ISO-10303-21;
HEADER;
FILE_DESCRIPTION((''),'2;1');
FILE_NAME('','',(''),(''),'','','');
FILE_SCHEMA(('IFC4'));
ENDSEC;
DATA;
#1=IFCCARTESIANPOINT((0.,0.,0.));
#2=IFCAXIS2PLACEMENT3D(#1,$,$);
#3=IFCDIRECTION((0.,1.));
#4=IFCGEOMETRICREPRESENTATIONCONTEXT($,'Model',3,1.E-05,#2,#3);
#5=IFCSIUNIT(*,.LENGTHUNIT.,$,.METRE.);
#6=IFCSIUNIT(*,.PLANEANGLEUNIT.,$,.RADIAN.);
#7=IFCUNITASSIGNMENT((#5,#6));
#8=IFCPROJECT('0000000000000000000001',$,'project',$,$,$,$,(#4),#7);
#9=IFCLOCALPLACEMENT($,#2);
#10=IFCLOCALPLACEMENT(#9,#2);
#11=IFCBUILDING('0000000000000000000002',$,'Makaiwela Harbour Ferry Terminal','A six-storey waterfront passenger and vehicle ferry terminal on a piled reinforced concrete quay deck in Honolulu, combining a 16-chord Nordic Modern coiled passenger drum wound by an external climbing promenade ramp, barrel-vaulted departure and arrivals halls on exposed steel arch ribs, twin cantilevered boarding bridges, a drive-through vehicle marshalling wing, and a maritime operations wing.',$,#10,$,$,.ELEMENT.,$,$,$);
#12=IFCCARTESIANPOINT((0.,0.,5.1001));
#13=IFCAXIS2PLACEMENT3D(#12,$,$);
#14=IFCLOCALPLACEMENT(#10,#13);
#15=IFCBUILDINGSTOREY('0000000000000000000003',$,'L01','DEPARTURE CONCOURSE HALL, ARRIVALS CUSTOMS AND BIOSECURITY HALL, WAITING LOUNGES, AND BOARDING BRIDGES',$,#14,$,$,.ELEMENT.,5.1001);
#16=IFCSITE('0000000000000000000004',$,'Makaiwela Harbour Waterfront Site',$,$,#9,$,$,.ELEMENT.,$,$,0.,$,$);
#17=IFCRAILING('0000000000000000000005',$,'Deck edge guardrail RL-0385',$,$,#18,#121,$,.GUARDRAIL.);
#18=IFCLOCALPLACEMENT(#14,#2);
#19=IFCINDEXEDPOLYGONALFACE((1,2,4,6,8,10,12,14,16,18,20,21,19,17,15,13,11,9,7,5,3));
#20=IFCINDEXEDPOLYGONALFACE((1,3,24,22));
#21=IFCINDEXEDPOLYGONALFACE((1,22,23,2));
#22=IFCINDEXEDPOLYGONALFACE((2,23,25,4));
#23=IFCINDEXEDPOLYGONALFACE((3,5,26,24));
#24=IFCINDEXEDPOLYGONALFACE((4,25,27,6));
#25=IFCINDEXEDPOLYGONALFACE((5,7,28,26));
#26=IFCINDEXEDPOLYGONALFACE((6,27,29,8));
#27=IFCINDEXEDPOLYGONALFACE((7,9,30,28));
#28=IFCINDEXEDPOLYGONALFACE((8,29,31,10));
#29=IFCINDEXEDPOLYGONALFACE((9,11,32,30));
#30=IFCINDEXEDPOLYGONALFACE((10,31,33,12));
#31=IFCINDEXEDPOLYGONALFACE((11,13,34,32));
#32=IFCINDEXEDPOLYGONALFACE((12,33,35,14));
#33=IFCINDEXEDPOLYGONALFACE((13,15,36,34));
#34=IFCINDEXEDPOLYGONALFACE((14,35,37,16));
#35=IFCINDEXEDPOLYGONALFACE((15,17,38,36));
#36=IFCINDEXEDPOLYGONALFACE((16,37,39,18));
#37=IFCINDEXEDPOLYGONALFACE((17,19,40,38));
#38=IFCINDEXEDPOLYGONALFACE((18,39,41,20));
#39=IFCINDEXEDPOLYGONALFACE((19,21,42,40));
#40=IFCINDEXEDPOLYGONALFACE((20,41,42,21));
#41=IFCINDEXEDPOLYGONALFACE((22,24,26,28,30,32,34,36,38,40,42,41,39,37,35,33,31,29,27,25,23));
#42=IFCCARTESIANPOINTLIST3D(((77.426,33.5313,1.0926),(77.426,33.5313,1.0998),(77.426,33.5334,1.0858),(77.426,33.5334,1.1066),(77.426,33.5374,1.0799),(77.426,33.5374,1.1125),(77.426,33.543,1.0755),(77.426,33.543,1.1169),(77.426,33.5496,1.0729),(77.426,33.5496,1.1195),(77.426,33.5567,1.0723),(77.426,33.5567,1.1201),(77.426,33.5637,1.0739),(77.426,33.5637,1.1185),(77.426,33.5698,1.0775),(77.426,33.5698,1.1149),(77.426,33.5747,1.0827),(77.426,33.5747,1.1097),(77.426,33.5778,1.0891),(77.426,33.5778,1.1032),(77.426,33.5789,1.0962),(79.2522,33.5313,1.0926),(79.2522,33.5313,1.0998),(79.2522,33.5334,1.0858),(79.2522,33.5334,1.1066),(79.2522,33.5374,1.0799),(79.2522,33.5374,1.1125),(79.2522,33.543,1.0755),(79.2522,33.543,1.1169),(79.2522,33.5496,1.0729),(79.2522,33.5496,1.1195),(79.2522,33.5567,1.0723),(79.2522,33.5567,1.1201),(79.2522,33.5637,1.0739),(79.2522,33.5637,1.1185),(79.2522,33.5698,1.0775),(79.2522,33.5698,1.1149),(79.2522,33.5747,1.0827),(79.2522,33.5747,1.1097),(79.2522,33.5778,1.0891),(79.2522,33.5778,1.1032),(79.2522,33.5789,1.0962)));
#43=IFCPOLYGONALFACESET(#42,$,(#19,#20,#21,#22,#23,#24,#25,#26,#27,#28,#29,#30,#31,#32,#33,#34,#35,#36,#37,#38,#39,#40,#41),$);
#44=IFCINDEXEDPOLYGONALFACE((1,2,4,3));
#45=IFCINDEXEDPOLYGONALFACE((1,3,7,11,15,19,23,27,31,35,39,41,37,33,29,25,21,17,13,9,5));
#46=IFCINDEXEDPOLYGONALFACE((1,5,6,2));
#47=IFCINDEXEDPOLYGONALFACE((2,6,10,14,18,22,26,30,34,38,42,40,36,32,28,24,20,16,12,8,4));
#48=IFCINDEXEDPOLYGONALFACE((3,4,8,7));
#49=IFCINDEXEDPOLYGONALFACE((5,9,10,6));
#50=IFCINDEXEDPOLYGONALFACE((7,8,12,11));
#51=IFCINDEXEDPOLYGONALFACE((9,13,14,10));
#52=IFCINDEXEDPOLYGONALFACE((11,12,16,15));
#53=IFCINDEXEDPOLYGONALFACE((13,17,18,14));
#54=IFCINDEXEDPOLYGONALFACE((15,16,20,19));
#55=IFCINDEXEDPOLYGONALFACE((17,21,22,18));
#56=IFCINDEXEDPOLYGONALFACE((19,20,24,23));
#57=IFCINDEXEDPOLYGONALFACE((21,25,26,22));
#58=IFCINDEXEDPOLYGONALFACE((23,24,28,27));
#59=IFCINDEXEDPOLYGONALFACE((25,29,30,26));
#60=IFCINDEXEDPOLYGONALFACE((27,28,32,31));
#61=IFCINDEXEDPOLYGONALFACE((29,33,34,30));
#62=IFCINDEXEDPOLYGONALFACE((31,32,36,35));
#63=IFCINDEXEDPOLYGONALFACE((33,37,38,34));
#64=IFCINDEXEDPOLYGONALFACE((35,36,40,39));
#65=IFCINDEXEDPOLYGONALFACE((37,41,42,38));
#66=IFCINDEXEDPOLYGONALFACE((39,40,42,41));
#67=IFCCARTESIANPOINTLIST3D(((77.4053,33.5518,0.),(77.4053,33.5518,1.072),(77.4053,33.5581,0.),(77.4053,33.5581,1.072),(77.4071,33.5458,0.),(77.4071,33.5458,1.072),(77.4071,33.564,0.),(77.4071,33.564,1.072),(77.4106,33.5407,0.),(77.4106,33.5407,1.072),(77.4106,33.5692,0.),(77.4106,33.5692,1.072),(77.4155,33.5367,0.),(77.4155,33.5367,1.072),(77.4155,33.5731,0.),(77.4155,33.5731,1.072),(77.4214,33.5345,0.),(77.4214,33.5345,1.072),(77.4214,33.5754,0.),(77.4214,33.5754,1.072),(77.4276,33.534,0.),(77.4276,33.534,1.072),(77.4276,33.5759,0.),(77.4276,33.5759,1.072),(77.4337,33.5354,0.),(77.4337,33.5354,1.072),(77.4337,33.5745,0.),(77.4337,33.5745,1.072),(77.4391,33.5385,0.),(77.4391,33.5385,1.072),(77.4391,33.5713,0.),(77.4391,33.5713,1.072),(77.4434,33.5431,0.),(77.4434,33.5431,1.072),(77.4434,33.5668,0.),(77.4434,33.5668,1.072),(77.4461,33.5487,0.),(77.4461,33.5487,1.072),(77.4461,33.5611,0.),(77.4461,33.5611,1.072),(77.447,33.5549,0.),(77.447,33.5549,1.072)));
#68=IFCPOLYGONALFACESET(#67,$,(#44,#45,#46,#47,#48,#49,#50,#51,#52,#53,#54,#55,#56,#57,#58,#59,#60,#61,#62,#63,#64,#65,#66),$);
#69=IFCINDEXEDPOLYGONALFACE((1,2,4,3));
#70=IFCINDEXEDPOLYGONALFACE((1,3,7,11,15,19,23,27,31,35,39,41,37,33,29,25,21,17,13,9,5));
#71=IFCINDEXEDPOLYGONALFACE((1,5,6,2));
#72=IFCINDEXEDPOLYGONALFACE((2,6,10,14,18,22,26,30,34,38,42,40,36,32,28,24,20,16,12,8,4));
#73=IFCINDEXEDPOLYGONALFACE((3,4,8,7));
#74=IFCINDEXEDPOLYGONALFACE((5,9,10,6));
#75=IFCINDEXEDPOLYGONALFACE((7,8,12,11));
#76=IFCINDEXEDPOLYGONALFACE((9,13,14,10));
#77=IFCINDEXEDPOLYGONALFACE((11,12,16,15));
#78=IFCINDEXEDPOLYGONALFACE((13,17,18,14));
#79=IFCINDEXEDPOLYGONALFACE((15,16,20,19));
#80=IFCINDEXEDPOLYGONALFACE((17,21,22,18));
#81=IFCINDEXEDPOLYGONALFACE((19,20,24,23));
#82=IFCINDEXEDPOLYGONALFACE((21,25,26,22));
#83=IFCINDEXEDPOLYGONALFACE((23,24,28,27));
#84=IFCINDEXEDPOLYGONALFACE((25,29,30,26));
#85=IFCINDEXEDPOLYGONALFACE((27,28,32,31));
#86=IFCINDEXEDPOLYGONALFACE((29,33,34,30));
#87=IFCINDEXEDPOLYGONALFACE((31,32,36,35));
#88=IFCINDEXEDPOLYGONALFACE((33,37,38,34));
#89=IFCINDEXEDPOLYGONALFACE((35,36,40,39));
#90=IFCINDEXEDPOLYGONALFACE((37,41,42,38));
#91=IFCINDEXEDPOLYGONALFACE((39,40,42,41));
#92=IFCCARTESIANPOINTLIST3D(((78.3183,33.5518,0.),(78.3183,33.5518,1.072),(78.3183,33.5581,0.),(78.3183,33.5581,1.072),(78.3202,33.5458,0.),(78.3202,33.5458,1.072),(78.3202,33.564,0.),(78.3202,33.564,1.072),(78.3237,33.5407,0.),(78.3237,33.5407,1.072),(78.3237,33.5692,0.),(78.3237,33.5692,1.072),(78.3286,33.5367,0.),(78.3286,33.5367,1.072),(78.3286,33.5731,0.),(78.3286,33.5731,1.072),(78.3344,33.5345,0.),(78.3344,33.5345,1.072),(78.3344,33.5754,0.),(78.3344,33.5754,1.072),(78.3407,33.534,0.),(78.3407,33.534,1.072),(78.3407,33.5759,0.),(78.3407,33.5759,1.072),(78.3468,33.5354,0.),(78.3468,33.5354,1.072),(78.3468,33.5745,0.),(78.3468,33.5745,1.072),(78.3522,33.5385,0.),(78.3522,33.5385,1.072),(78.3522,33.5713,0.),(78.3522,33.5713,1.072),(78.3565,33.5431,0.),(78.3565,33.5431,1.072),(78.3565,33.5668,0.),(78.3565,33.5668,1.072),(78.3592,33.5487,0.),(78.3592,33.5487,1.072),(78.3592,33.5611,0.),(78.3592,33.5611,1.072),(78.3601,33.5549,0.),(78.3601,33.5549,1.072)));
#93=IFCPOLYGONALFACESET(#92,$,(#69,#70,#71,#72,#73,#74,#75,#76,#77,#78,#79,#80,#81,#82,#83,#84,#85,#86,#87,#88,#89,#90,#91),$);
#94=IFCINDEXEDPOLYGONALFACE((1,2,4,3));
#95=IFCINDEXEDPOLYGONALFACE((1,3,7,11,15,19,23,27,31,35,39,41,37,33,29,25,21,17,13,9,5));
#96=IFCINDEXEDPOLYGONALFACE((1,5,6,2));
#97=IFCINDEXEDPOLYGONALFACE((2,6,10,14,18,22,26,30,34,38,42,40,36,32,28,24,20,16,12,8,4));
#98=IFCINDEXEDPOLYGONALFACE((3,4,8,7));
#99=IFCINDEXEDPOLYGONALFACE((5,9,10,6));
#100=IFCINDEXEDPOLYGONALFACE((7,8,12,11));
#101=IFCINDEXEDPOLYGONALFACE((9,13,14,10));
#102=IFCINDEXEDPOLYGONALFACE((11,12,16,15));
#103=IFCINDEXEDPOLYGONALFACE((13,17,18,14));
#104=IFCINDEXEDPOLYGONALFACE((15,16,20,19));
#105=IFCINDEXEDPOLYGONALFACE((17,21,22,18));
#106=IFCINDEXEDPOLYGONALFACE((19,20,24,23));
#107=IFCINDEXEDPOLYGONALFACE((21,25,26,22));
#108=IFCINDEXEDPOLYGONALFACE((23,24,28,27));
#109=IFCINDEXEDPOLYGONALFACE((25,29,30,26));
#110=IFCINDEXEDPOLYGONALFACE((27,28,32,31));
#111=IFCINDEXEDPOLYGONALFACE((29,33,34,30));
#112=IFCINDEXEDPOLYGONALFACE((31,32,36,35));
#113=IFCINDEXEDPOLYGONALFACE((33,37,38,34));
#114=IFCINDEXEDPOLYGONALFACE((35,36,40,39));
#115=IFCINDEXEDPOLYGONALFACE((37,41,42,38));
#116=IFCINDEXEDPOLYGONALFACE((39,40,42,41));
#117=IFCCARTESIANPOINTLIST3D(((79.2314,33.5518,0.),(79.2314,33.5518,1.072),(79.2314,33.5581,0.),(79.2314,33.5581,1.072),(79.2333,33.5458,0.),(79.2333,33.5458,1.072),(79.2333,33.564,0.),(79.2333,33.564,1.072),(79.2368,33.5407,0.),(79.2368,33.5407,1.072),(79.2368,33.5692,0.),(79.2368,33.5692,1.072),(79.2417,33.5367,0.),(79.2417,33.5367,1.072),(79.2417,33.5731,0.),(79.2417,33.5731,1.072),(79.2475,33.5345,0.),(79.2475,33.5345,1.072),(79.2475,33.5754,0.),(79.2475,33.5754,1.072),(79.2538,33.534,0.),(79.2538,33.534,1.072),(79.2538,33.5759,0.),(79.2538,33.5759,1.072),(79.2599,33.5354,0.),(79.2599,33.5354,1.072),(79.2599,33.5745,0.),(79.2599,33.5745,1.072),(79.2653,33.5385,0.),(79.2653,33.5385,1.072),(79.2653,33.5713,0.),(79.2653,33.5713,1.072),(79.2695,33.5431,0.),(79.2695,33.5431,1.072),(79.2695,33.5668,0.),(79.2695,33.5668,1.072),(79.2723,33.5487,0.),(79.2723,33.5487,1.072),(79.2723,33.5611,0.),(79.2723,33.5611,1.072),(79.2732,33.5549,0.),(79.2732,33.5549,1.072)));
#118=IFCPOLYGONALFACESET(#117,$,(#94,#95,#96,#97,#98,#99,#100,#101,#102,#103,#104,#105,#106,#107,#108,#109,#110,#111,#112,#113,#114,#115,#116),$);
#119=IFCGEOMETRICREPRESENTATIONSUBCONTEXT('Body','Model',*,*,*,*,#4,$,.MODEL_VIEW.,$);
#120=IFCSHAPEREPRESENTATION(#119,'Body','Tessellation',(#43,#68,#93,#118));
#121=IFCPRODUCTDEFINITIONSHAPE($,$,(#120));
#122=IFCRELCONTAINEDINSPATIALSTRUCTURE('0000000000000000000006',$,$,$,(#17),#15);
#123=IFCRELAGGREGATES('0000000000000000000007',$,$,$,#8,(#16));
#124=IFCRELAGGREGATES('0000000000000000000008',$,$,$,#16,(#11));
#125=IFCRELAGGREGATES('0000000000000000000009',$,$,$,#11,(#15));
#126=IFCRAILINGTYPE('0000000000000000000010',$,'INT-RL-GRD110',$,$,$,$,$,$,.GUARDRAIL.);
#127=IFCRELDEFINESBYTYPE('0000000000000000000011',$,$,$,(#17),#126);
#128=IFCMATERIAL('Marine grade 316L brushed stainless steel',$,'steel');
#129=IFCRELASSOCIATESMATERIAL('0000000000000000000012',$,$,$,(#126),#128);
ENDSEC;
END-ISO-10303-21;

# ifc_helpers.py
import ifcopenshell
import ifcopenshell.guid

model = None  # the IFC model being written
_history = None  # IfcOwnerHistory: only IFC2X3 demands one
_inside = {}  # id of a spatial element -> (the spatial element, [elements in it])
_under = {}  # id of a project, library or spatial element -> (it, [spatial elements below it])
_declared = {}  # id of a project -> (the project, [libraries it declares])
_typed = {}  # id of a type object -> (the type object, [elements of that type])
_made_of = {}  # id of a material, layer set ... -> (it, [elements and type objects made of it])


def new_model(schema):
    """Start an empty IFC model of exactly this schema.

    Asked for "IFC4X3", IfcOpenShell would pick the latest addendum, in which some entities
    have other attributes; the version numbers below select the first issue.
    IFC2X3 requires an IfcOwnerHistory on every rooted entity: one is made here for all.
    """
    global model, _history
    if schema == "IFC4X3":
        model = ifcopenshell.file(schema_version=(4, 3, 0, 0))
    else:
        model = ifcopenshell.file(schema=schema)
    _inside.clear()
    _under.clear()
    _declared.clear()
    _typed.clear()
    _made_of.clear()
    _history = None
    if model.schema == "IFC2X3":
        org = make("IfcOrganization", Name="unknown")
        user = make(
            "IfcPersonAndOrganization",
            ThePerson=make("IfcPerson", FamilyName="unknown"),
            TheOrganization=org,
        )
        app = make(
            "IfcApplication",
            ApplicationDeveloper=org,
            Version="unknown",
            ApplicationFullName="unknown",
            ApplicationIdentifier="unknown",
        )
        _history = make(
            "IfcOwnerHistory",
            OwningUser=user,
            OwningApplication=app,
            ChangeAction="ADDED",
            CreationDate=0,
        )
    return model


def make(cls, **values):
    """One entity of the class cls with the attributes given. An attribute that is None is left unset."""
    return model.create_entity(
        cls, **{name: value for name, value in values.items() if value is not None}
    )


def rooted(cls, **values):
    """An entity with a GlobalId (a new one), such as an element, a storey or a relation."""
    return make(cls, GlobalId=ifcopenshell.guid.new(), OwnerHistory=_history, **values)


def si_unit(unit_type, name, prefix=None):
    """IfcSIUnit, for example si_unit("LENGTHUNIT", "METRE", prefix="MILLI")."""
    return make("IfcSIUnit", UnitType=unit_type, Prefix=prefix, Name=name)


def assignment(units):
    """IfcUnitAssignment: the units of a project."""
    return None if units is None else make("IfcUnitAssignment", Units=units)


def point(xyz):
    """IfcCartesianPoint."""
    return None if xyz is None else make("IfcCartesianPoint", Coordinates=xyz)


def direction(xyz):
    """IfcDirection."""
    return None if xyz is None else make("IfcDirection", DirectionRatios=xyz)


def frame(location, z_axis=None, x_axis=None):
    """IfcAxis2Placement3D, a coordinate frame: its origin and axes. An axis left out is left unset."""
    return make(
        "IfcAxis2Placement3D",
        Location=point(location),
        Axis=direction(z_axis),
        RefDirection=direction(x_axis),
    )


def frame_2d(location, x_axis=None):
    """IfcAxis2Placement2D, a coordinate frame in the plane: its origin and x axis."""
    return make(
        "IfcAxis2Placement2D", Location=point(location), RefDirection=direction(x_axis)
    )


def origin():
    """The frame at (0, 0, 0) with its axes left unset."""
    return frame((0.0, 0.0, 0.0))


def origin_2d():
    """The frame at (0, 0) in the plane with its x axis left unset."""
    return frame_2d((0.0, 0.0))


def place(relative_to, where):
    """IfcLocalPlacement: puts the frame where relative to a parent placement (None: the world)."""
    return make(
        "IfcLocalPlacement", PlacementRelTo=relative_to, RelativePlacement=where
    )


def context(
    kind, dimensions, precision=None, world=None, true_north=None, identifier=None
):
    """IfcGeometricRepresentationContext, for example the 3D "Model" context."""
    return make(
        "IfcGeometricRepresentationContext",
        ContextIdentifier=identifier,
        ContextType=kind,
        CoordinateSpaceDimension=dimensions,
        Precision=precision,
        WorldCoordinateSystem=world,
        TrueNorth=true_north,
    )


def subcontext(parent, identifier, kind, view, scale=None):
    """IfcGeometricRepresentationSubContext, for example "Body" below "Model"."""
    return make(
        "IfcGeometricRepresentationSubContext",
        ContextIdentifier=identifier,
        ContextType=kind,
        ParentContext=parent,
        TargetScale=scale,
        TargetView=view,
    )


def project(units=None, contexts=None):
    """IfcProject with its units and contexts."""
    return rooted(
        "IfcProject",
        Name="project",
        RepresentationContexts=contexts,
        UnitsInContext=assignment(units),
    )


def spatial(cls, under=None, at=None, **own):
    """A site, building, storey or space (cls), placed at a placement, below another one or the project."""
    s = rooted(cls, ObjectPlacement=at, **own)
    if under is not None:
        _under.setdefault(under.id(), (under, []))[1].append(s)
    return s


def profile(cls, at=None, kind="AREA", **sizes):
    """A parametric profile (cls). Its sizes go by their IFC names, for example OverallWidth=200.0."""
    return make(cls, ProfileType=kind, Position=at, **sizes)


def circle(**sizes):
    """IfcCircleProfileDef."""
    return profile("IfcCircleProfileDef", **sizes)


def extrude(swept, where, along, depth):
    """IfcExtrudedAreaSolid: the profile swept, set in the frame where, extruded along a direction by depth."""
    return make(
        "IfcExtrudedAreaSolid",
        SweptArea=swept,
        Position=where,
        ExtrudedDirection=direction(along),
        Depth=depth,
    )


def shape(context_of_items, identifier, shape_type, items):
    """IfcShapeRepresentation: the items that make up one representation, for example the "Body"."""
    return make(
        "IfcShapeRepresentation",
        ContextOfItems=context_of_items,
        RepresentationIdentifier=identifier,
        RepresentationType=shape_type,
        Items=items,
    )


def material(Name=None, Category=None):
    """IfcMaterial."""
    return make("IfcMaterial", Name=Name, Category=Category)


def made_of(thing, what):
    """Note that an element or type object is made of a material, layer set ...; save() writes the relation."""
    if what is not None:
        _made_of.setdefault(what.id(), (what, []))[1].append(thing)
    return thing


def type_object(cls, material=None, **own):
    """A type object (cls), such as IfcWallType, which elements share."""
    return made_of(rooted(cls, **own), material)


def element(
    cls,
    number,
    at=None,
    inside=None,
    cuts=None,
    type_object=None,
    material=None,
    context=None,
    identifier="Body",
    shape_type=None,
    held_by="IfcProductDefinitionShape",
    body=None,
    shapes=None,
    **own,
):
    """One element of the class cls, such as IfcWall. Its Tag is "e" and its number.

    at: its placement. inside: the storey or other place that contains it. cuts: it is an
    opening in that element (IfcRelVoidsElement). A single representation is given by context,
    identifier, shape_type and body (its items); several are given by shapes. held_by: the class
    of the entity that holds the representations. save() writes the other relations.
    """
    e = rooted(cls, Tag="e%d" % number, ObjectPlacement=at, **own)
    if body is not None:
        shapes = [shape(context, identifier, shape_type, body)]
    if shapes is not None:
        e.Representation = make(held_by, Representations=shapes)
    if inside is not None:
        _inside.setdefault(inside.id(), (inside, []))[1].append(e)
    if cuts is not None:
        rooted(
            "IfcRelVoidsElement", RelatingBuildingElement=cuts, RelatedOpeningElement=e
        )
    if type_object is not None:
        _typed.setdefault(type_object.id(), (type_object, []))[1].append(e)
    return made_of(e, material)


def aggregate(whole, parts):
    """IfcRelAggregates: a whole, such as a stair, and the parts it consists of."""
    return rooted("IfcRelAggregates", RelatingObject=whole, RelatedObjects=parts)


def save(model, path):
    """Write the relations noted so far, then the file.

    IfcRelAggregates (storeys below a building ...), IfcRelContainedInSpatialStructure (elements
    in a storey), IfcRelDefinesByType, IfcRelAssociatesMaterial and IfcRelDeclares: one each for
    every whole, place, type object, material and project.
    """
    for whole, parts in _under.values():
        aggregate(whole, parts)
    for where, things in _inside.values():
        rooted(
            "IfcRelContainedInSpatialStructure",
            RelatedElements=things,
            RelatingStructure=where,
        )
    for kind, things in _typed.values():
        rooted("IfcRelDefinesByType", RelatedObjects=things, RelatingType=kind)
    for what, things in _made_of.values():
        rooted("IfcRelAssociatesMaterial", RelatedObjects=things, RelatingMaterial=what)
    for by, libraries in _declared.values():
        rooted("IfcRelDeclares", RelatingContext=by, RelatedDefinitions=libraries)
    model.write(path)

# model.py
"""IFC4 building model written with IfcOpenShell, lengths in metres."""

from ifc_helpers import new_model, si_unit, direction, frame, origin, origin_2d, place, context, subcontext, project, spatial, circle, extrude, material, type_object, element, save


model = new_model("IFC4")

# Units and contexts
model_context = context("Model", 3, precision=1e-05, world=origin(), true_north=direction((0.0, 1.0)))
body_context = subcontext(model_context, "Body", "Model", "MODEL_VIEW")
ifc_project = project(units=[si_unit("LENGTHUNIT", "METRE"), si_unit("PLANEANGLEUNIT", "RADIAN")], contexts=[model_context])

# Site, building, storey
site_placement = place(None, origin())
site = spatial("IfcSite", under=ifc_project, at=site_placement, Name="Makaiwela Harbour Waterfront Site", CompositionType="ELEMENT", RefElevation=0.0)
building_placement = place(site_placement, origin())
building = spatial("IfcBuilding", under=site, at=building_placement, Name="Makaiwela Harbour Ferry Terminal", Description="A six-storey waterfront passenger and vehicle ferry terminal on a piled reinforced concrete quay deck in Honolulu, combining a 16-chord Nordic Modern coiled passenger drum wound by an external climbing promenade ramp, barrel-vaulted departure and arrivals halls on exposed steel arch ribs, twin cantilevered boarding bridges, a drive-through vehicle marshalling wing, and a maritime operations wing.", CompositionType="ELEMENT")
storey_placement = place(building_placement, frame((0.0, 0.0, 5.1001)))
storey = spatial("IfcBuildingStorey", under=building, at=storey_placement, Name="L01", Description="DEPARTURE CONCOURSE HALL, ARRIVALS CUSTOMS AND BIOSECURITY HALL, WAITING LOUNGES, AND BOARDING BRIDGES", CompositionType="ELEMENT", Elevation=5.1001)

# Railing
ifc_material_1 = material(Name="Marine grade 316L brushed stainless steel", Category="steel")
railing_type = type_object("IfcRailingType", Name="INT-RL-GRD110", PredefinedType="GUARDRAIL", material=ifc_material_1)
railing_1_placement = place(storey_placement, frame((77.426, 33.5549, 0.0)))
element("IfcRailing", 1, at=railing_1_placement, inside=storey, type_object=railing_type, Name="Deck edge guardrail RL-0385", PredefinedType="GUARDRAIL", context=body_context, shape_type="SweptSolid", body=[
    extrude(circle(Radius=0.0239, at=origin_2d()), frame((0.0, 0.0, 1.0962), z_axis=(1.0, 0.0, 0.0), x_axis=(0.0, 1.0, 0.0)), (0.0, 0.0, 1.0), 1.8262),
    extrude(circle(Radius=0.021, at=origin_2d()), origin(), (0.0, 0.0, 1.0), 1.072),
    extrude(circle(Radius=0.021, at=origin_2d()), frame((0.9131, 0.0, 0.0)), (0.0, 0.0, 1.0), 1.072),
    extrude(circle(Radius=0.021, at=origin_2d()), frame((1.8262, 0.0, 0.0)), (0.0, 0.0, 1.0), 1.072),
])

save(model, "model.ifc")
